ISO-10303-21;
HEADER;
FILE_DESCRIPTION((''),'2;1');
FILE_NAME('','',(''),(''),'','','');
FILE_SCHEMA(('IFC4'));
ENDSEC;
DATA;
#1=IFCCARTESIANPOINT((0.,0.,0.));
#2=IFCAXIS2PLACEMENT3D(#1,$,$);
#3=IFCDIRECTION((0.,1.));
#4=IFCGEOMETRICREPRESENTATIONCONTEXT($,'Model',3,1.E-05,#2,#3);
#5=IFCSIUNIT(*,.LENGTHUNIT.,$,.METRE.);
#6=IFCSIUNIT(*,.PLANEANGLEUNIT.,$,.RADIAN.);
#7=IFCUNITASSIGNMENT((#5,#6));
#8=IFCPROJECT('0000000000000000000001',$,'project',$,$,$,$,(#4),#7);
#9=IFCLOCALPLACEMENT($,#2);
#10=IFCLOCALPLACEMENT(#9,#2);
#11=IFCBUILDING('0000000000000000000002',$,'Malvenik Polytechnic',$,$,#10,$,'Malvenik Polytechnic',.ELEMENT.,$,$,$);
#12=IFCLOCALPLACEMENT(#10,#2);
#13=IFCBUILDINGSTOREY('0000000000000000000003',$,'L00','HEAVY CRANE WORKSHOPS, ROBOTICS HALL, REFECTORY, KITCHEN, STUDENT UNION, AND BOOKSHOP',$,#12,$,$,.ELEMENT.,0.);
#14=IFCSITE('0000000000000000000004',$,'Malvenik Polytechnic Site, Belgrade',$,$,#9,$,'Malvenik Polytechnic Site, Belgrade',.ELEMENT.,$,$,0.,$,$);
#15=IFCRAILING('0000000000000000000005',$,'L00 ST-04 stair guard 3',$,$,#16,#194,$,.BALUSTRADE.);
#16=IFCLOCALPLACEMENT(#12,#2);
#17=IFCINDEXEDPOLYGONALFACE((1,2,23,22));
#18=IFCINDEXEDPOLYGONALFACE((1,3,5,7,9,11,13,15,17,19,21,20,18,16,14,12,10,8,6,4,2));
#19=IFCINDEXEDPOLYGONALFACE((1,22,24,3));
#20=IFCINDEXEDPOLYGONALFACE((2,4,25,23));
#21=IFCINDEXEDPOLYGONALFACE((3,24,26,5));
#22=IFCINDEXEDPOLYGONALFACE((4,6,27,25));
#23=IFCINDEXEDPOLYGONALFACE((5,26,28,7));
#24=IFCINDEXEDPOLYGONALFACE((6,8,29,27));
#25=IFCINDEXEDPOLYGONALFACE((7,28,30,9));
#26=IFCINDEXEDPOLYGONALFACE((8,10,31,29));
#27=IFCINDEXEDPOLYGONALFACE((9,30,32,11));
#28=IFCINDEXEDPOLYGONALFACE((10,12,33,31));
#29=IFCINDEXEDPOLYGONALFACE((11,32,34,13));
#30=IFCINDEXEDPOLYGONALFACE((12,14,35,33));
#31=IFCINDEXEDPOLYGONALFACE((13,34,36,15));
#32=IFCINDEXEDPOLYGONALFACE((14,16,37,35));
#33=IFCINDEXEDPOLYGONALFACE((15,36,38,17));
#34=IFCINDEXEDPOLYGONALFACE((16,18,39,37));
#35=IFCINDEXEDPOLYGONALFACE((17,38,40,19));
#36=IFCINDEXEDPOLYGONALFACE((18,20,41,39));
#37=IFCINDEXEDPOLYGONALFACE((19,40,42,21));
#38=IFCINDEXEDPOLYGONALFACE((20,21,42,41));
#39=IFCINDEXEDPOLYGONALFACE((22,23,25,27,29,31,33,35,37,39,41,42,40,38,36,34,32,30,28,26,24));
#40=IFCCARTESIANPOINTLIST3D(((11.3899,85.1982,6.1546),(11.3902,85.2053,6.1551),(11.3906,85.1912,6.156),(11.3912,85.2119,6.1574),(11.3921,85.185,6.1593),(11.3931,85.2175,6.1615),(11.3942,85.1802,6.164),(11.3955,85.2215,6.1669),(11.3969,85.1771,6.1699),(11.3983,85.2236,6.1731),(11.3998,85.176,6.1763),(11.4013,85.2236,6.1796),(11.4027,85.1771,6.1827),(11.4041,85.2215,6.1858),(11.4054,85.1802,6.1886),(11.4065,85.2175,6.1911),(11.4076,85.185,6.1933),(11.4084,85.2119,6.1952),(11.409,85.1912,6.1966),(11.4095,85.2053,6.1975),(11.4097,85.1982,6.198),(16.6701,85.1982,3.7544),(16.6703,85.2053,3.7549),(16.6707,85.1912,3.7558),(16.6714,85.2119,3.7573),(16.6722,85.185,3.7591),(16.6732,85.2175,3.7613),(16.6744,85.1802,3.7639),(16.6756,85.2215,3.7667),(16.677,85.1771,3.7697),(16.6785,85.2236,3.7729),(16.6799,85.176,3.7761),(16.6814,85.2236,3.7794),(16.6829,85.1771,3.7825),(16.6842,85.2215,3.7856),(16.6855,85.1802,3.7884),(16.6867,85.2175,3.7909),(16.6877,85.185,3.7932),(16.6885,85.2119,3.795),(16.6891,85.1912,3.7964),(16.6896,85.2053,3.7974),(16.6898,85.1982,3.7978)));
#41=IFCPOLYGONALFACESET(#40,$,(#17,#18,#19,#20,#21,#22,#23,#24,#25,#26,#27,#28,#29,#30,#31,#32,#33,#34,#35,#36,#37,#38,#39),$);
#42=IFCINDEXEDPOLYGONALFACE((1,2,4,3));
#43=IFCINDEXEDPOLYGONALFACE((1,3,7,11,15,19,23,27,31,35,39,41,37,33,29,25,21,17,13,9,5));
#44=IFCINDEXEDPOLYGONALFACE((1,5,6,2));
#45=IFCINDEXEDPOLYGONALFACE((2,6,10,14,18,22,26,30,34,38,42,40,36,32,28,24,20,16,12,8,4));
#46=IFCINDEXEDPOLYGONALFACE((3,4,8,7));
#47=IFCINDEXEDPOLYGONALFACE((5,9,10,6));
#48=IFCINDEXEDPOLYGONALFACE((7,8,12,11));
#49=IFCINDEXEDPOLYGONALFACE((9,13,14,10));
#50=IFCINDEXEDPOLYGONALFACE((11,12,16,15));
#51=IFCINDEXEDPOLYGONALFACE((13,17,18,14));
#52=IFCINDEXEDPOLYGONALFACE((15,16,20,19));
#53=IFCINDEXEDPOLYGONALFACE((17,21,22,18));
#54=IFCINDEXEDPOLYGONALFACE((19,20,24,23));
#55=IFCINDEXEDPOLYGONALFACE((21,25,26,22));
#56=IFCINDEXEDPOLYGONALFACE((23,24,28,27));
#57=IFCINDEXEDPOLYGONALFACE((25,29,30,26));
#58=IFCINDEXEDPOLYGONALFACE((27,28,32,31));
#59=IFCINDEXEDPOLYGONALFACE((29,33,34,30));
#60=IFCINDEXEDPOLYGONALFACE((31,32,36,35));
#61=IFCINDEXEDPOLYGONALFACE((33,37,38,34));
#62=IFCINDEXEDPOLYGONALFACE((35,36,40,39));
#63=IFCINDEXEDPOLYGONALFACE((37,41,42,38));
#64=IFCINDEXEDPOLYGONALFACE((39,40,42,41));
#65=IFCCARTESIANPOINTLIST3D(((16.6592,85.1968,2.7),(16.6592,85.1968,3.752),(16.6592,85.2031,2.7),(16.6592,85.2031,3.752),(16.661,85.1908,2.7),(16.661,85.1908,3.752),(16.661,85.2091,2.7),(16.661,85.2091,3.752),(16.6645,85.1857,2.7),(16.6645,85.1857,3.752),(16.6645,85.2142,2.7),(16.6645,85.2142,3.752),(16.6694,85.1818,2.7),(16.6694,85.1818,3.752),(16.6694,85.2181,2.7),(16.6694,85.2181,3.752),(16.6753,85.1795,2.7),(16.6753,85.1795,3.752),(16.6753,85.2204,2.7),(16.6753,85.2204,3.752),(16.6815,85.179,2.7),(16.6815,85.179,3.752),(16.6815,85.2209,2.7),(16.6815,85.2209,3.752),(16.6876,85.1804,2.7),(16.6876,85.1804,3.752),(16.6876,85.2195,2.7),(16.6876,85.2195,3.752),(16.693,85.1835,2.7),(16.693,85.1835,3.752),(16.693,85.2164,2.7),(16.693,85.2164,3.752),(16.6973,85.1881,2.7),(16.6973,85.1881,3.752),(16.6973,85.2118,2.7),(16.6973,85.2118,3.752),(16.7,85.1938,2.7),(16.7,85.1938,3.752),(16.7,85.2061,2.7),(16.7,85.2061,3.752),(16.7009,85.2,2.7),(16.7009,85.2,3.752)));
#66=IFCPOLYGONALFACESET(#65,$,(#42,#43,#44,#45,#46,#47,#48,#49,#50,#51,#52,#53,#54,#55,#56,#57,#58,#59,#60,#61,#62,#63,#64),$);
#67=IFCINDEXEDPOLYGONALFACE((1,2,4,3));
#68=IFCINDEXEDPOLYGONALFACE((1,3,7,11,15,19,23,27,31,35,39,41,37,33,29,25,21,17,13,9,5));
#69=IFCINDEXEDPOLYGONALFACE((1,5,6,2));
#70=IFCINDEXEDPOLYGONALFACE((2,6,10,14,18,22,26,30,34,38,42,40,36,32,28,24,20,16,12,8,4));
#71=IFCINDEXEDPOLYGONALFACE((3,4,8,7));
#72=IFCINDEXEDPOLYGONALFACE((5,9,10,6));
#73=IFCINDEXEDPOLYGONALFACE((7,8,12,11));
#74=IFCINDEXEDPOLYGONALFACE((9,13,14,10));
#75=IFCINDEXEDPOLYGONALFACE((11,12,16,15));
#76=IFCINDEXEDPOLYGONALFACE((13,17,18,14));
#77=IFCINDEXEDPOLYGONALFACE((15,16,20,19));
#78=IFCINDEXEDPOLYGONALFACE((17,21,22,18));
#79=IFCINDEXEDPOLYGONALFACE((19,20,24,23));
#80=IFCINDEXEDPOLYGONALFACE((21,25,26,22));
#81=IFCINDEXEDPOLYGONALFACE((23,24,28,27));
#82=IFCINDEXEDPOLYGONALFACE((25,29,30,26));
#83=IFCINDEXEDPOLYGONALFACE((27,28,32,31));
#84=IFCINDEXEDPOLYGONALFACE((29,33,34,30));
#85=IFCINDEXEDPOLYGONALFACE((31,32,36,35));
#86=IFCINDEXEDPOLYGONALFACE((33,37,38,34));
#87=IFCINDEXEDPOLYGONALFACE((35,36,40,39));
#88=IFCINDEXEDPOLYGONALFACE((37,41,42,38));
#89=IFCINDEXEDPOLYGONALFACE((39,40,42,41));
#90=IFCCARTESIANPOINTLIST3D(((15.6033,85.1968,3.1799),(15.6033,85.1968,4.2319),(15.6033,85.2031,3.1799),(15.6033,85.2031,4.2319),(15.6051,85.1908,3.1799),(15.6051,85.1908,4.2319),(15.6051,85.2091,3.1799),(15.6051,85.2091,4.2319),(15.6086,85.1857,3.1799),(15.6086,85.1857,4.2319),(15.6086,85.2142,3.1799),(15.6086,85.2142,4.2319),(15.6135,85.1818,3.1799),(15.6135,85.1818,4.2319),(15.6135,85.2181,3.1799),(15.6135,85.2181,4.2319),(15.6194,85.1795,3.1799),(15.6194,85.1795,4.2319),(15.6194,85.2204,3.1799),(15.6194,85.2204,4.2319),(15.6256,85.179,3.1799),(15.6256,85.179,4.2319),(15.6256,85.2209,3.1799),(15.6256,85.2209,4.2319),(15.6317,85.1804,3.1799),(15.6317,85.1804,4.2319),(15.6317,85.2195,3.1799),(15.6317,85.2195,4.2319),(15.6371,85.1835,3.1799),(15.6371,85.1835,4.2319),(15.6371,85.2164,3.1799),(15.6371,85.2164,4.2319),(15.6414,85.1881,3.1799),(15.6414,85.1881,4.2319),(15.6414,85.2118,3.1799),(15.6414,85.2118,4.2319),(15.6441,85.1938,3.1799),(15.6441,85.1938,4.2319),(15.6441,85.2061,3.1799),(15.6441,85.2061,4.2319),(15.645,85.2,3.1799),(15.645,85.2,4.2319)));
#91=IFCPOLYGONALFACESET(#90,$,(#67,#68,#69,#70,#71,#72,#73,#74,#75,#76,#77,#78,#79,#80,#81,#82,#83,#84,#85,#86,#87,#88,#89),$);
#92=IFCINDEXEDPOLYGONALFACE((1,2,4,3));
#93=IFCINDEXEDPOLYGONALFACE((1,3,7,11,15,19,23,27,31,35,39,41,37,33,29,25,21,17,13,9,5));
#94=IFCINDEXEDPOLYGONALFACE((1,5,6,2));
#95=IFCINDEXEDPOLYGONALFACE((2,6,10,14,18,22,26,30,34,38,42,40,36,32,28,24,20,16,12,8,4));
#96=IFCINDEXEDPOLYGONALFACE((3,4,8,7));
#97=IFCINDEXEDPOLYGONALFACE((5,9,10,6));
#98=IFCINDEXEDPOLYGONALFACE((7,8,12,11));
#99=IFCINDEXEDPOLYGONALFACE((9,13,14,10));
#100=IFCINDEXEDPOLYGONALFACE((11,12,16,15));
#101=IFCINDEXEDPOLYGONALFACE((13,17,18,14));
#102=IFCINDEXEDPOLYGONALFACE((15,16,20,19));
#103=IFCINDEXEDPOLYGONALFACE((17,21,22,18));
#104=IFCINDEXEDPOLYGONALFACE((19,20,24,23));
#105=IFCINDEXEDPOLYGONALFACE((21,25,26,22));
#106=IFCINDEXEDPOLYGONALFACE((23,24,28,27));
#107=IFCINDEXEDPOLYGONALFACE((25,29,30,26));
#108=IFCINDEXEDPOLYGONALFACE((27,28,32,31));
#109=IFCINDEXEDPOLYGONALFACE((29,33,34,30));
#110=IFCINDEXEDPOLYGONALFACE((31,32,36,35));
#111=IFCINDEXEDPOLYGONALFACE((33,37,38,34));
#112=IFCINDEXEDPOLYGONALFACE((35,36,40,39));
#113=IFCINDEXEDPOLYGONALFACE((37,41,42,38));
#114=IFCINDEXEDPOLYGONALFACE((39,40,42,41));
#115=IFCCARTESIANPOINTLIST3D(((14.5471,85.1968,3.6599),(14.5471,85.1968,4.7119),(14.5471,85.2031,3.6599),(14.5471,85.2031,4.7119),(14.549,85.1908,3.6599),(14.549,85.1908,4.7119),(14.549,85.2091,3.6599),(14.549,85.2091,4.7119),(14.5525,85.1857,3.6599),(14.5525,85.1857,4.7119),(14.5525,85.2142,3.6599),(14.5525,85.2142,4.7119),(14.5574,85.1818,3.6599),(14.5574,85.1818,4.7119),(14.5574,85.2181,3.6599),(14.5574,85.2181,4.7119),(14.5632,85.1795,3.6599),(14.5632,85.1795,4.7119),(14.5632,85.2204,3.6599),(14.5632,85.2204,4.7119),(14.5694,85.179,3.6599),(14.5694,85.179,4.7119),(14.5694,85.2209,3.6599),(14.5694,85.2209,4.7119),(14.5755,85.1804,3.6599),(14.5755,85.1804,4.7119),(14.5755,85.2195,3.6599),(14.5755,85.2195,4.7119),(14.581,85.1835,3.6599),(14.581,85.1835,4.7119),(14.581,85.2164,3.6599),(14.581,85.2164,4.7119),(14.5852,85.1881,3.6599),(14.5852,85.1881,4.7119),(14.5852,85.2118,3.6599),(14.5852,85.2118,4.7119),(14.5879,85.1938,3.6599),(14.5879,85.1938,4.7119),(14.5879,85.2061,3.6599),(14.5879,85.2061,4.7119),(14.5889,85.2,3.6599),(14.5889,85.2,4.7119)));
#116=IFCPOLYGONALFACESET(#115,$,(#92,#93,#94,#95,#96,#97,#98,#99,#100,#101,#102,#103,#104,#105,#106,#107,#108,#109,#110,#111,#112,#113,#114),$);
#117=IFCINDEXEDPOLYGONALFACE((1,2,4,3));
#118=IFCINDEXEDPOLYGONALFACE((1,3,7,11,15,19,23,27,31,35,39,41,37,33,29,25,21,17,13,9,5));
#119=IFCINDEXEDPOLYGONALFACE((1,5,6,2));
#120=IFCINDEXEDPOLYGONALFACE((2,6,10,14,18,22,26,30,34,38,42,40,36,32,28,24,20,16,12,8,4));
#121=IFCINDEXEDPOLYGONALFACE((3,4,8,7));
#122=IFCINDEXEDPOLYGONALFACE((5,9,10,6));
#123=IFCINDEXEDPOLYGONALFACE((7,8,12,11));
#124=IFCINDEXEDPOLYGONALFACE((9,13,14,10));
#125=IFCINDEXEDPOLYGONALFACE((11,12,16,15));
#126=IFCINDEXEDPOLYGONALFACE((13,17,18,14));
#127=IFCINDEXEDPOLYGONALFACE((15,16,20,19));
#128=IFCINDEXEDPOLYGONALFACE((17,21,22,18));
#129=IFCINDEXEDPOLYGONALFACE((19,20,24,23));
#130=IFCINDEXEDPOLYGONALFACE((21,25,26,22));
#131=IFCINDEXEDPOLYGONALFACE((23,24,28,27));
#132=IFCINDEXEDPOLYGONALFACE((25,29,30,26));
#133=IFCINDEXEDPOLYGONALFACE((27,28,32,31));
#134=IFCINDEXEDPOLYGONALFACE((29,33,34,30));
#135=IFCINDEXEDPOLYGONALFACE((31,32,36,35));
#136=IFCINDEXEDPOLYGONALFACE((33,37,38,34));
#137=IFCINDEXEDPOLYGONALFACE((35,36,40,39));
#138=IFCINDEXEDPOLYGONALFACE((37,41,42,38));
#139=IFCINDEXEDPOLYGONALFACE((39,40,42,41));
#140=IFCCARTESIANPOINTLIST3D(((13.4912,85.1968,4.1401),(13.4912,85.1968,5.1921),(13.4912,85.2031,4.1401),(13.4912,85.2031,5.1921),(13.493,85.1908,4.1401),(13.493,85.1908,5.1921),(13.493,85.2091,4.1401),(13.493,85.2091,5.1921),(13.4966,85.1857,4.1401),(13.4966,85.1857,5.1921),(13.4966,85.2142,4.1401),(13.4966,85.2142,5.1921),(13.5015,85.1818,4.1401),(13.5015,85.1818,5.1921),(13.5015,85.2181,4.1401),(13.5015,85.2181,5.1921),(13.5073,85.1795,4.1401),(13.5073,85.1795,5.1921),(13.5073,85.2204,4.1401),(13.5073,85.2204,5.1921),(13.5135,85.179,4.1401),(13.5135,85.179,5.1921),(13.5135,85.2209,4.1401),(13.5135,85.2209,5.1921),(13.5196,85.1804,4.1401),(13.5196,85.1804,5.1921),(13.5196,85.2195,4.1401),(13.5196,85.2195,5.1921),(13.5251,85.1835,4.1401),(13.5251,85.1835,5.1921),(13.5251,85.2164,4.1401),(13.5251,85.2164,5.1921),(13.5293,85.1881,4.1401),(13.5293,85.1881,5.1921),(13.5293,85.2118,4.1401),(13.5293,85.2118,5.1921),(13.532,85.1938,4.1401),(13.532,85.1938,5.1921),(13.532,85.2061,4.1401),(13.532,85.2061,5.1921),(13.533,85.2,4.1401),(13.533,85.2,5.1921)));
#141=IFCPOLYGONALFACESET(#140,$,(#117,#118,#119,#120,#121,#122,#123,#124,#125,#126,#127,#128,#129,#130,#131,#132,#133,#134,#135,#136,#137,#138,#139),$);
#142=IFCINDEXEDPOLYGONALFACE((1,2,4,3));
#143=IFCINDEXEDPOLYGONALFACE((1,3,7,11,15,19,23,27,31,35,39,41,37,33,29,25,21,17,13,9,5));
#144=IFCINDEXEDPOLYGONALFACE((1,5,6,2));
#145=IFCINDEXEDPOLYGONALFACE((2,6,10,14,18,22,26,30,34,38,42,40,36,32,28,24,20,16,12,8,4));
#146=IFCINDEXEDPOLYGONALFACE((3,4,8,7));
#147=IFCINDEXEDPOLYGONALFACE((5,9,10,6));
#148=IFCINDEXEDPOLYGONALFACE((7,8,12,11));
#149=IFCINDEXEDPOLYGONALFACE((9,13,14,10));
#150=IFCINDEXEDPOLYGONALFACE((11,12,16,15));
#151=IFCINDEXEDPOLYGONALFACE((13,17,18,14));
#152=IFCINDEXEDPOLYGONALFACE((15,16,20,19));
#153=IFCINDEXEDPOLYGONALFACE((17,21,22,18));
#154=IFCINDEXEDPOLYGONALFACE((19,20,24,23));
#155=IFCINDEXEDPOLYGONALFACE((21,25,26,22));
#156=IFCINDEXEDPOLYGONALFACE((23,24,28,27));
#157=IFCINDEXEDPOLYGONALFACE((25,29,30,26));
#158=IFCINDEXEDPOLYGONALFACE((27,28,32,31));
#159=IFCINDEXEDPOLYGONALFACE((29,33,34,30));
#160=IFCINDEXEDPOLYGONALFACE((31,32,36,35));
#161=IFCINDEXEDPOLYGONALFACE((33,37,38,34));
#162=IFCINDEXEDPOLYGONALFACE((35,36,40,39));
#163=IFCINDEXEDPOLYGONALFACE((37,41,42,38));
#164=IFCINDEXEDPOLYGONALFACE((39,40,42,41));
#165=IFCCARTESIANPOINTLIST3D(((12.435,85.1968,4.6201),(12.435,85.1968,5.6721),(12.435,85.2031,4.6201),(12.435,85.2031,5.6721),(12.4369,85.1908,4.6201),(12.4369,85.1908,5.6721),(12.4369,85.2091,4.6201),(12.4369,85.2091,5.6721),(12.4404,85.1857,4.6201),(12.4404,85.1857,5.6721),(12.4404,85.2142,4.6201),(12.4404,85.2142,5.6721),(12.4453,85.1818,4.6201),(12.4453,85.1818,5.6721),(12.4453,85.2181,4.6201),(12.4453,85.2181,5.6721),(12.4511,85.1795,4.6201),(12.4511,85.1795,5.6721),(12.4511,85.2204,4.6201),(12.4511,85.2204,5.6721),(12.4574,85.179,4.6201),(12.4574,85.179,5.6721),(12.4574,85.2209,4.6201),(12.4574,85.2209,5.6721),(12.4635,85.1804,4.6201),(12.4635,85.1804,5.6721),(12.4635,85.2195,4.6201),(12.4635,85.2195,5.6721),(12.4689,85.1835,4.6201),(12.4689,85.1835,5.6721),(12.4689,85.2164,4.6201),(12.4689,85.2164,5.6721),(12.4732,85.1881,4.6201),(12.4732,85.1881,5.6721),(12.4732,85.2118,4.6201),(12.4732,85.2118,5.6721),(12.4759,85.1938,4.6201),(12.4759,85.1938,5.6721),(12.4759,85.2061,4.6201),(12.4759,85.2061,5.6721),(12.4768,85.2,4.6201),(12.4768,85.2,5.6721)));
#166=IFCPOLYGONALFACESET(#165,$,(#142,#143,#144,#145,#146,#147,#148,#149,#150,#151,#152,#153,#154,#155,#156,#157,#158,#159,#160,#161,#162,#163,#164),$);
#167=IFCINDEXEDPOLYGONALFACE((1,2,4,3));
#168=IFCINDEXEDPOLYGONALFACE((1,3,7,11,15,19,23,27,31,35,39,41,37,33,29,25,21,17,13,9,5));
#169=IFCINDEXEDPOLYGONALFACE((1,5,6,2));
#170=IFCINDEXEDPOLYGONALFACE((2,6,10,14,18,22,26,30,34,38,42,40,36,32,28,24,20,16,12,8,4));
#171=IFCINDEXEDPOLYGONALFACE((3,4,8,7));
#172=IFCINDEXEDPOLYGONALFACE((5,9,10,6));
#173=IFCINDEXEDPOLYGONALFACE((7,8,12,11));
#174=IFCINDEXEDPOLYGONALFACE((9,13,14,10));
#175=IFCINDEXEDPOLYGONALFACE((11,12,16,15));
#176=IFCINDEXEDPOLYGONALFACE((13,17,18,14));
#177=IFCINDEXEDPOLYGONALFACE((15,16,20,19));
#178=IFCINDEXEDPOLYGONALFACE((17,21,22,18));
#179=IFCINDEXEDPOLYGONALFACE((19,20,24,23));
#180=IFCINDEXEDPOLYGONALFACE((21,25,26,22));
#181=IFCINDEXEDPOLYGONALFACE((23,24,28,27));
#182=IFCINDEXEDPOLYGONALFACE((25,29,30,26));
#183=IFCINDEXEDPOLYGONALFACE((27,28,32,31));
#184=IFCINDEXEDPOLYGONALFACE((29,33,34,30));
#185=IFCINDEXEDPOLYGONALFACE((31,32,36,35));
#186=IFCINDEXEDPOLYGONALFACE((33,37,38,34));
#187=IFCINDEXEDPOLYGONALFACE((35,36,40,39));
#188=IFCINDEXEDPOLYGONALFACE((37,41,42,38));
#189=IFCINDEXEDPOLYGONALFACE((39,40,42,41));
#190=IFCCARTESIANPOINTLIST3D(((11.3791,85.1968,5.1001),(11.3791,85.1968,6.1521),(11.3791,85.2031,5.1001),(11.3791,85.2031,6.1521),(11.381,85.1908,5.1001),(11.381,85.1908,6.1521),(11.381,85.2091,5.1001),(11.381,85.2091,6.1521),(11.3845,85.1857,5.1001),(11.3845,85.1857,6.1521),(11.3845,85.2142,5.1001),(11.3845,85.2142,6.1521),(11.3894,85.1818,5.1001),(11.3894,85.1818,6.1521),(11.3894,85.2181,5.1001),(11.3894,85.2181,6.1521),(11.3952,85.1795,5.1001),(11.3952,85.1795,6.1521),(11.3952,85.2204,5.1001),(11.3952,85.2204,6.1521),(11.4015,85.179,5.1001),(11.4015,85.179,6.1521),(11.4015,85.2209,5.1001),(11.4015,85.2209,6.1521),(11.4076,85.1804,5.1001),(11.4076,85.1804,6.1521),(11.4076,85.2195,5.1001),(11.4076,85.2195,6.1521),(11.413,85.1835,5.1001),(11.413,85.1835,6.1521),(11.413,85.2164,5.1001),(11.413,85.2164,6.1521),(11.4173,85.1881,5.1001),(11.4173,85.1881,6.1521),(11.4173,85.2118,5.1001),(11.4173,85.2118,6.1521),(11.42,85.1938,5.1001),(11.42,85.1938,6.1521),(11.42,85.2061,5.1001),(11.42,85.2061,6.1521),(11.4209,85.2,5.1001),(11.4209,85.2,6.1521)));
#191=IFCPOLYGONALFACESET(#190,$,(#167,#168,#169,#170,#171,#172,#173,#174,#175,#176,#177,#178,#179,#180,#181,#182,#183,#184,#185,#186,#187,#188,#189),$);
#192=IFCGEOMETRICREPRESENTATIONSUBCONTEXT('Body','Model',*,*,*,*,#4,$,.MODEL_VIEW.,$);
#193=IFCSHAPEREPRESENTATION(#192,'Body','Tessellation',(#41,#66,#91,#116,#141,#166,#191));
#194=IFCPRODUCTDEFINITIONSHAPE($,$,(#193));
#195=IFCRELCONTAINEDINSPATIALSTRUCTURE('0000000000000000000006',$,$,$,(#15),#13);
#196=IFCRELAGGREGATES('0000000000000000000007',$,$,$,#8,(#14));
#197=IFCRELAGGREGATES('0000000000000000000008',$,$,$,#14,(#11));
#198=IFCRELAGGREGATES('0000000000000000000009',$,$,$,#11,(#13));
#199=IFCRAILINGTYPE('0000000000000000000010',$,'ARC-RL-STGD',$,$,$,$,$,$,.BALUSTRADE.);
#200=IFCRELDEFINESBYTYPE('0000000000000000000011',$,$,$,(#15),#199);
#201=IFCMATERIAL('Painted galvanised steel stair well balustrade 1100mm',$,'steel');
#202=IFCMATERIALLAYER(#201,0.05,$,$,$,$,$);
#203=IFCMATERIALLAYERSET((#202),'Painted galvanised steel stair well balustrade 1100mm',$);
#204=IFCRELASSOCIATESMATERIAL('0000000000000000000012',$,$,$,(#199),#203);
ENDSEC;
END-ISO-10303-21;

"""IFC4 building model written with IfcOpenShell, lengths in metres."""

from ifc_helpers import new_model, si_unit, direction, frame, origin, origin_2d, place, context, subcontext, project, spatial, circle, extrude, material, layer, layer_set, type_object, element, save


model = new_model("IFC4")

# Units and contexts
model_context = context("Model", 3, precision=1e-05, world=origin(), true_north=direction((0.0, 1.0)))
body_context = subcontext(model_context, "Body", "Model", "MODEL_VIEW")
ifc_project = project(units=[si_unit("LENGTHUNIT", "METRE"), si_unit("PLANEANGLEUNIT", "RADIAN")], contexts=[model_context])

# Site, building, storey
site_placement = place(None, origin())
site = spatial("IfcSite", under=ifc_project, at=site_placement, Name="Malvenik Polytechnic Site, Belgrade", LongName="Malvenik Polytechnic Site, Belgrade", CompositionType="ELEMENT", RefElevation=0.0)
building_placement = place(site_placement, origin())
building = spatial("IfcBuilding", under=site, at=building_placement, Name="Malvenik Polytechnic", LongName="Malvenik Polytechnic", CompositionType="ELEMENT")
storey_placement = place(building_placement, origin())
storey = spatial("IfcBuildingStorey", under=building, at=storey_placement, Name="L00", Description="HEAVY CRANE WORKSHOPS, ROBOTICS HALL, REFECTORY, KITCHEN, STUDENT UNION, AND BOOKSHOP", CompositionType="ELEMENT", Elevation=0.0)

# Railing
ifc_material_1 = material(Name="Painted galvanised steel stair well balustrade 1100mm", Category="steel")
ifc_layer_1 = layer(ifc_material_1, 0.05)
ifc_layer_set_1 = layer_set([ifc_layer_1], Name="Painted galvanised steel stair well balustrade 1100mm")
railing_type_1 = type_object("IfcRailingType", Name="ARC-RL-STGD", PredefinedType="BALUSTRADE", material=ifc_layer_set_1)
railing_1_placement = place(storey_placement, frame((16.6799, 85.2, 2.7)))
element("IfcRailing", 1, at=railing_1_placement, inside=storey, type_object=railing_type_1, Name="L00 ST-04 stair guard 3", PredefinedType="BALUSTRADE", context=body_context, shape_type="SweptSolid", body=[
    extrude(circle(Radius=0.0239, at=origin_2d()), frame((0.0, 0.0, 1.0762), z_axis=(-0.910358, 0.0, 0.413822), x_axis=(0.0, -1.0, 0.0)), (0.0, 0.0, 1.0), 5.8),
    extrude(circle(Radius=0.021, at=origin_2d()), origin(), (0.0, 0.0, 1.0), 1.052),
    extrude(circle(Radius=0.021, at=origin_2d()), frame((-1.0559, 0.0, 0.48)), (0.0, 0.0, 1.0), 1.052),
    extrude(circle(Radius=0.021, at=origin_2d()), frame((-2.1121, 0.0, 0.96)), (0.0, 0.0, 1.0), 1.052),
    extrude(circle(Radius=0.021, at=origin_2d()), frame((-3.168, 0.0, 1.4402)), (0.0, 0.0, 1.0), 1.052),
    extrude(circle(Radius=0.021, at=origin_2d()), frame((-4.2241, 0.0, 1.9202)), (0.0, 0.0, 1.0), 1.052),
    extrude(circle(Radius=0.021, at=origin_2d()), frame((-5.28, 0.0, 2.4001)), (0.0, 0.0, 1.0), 1.052),
])

save(model, "model.ifc")
